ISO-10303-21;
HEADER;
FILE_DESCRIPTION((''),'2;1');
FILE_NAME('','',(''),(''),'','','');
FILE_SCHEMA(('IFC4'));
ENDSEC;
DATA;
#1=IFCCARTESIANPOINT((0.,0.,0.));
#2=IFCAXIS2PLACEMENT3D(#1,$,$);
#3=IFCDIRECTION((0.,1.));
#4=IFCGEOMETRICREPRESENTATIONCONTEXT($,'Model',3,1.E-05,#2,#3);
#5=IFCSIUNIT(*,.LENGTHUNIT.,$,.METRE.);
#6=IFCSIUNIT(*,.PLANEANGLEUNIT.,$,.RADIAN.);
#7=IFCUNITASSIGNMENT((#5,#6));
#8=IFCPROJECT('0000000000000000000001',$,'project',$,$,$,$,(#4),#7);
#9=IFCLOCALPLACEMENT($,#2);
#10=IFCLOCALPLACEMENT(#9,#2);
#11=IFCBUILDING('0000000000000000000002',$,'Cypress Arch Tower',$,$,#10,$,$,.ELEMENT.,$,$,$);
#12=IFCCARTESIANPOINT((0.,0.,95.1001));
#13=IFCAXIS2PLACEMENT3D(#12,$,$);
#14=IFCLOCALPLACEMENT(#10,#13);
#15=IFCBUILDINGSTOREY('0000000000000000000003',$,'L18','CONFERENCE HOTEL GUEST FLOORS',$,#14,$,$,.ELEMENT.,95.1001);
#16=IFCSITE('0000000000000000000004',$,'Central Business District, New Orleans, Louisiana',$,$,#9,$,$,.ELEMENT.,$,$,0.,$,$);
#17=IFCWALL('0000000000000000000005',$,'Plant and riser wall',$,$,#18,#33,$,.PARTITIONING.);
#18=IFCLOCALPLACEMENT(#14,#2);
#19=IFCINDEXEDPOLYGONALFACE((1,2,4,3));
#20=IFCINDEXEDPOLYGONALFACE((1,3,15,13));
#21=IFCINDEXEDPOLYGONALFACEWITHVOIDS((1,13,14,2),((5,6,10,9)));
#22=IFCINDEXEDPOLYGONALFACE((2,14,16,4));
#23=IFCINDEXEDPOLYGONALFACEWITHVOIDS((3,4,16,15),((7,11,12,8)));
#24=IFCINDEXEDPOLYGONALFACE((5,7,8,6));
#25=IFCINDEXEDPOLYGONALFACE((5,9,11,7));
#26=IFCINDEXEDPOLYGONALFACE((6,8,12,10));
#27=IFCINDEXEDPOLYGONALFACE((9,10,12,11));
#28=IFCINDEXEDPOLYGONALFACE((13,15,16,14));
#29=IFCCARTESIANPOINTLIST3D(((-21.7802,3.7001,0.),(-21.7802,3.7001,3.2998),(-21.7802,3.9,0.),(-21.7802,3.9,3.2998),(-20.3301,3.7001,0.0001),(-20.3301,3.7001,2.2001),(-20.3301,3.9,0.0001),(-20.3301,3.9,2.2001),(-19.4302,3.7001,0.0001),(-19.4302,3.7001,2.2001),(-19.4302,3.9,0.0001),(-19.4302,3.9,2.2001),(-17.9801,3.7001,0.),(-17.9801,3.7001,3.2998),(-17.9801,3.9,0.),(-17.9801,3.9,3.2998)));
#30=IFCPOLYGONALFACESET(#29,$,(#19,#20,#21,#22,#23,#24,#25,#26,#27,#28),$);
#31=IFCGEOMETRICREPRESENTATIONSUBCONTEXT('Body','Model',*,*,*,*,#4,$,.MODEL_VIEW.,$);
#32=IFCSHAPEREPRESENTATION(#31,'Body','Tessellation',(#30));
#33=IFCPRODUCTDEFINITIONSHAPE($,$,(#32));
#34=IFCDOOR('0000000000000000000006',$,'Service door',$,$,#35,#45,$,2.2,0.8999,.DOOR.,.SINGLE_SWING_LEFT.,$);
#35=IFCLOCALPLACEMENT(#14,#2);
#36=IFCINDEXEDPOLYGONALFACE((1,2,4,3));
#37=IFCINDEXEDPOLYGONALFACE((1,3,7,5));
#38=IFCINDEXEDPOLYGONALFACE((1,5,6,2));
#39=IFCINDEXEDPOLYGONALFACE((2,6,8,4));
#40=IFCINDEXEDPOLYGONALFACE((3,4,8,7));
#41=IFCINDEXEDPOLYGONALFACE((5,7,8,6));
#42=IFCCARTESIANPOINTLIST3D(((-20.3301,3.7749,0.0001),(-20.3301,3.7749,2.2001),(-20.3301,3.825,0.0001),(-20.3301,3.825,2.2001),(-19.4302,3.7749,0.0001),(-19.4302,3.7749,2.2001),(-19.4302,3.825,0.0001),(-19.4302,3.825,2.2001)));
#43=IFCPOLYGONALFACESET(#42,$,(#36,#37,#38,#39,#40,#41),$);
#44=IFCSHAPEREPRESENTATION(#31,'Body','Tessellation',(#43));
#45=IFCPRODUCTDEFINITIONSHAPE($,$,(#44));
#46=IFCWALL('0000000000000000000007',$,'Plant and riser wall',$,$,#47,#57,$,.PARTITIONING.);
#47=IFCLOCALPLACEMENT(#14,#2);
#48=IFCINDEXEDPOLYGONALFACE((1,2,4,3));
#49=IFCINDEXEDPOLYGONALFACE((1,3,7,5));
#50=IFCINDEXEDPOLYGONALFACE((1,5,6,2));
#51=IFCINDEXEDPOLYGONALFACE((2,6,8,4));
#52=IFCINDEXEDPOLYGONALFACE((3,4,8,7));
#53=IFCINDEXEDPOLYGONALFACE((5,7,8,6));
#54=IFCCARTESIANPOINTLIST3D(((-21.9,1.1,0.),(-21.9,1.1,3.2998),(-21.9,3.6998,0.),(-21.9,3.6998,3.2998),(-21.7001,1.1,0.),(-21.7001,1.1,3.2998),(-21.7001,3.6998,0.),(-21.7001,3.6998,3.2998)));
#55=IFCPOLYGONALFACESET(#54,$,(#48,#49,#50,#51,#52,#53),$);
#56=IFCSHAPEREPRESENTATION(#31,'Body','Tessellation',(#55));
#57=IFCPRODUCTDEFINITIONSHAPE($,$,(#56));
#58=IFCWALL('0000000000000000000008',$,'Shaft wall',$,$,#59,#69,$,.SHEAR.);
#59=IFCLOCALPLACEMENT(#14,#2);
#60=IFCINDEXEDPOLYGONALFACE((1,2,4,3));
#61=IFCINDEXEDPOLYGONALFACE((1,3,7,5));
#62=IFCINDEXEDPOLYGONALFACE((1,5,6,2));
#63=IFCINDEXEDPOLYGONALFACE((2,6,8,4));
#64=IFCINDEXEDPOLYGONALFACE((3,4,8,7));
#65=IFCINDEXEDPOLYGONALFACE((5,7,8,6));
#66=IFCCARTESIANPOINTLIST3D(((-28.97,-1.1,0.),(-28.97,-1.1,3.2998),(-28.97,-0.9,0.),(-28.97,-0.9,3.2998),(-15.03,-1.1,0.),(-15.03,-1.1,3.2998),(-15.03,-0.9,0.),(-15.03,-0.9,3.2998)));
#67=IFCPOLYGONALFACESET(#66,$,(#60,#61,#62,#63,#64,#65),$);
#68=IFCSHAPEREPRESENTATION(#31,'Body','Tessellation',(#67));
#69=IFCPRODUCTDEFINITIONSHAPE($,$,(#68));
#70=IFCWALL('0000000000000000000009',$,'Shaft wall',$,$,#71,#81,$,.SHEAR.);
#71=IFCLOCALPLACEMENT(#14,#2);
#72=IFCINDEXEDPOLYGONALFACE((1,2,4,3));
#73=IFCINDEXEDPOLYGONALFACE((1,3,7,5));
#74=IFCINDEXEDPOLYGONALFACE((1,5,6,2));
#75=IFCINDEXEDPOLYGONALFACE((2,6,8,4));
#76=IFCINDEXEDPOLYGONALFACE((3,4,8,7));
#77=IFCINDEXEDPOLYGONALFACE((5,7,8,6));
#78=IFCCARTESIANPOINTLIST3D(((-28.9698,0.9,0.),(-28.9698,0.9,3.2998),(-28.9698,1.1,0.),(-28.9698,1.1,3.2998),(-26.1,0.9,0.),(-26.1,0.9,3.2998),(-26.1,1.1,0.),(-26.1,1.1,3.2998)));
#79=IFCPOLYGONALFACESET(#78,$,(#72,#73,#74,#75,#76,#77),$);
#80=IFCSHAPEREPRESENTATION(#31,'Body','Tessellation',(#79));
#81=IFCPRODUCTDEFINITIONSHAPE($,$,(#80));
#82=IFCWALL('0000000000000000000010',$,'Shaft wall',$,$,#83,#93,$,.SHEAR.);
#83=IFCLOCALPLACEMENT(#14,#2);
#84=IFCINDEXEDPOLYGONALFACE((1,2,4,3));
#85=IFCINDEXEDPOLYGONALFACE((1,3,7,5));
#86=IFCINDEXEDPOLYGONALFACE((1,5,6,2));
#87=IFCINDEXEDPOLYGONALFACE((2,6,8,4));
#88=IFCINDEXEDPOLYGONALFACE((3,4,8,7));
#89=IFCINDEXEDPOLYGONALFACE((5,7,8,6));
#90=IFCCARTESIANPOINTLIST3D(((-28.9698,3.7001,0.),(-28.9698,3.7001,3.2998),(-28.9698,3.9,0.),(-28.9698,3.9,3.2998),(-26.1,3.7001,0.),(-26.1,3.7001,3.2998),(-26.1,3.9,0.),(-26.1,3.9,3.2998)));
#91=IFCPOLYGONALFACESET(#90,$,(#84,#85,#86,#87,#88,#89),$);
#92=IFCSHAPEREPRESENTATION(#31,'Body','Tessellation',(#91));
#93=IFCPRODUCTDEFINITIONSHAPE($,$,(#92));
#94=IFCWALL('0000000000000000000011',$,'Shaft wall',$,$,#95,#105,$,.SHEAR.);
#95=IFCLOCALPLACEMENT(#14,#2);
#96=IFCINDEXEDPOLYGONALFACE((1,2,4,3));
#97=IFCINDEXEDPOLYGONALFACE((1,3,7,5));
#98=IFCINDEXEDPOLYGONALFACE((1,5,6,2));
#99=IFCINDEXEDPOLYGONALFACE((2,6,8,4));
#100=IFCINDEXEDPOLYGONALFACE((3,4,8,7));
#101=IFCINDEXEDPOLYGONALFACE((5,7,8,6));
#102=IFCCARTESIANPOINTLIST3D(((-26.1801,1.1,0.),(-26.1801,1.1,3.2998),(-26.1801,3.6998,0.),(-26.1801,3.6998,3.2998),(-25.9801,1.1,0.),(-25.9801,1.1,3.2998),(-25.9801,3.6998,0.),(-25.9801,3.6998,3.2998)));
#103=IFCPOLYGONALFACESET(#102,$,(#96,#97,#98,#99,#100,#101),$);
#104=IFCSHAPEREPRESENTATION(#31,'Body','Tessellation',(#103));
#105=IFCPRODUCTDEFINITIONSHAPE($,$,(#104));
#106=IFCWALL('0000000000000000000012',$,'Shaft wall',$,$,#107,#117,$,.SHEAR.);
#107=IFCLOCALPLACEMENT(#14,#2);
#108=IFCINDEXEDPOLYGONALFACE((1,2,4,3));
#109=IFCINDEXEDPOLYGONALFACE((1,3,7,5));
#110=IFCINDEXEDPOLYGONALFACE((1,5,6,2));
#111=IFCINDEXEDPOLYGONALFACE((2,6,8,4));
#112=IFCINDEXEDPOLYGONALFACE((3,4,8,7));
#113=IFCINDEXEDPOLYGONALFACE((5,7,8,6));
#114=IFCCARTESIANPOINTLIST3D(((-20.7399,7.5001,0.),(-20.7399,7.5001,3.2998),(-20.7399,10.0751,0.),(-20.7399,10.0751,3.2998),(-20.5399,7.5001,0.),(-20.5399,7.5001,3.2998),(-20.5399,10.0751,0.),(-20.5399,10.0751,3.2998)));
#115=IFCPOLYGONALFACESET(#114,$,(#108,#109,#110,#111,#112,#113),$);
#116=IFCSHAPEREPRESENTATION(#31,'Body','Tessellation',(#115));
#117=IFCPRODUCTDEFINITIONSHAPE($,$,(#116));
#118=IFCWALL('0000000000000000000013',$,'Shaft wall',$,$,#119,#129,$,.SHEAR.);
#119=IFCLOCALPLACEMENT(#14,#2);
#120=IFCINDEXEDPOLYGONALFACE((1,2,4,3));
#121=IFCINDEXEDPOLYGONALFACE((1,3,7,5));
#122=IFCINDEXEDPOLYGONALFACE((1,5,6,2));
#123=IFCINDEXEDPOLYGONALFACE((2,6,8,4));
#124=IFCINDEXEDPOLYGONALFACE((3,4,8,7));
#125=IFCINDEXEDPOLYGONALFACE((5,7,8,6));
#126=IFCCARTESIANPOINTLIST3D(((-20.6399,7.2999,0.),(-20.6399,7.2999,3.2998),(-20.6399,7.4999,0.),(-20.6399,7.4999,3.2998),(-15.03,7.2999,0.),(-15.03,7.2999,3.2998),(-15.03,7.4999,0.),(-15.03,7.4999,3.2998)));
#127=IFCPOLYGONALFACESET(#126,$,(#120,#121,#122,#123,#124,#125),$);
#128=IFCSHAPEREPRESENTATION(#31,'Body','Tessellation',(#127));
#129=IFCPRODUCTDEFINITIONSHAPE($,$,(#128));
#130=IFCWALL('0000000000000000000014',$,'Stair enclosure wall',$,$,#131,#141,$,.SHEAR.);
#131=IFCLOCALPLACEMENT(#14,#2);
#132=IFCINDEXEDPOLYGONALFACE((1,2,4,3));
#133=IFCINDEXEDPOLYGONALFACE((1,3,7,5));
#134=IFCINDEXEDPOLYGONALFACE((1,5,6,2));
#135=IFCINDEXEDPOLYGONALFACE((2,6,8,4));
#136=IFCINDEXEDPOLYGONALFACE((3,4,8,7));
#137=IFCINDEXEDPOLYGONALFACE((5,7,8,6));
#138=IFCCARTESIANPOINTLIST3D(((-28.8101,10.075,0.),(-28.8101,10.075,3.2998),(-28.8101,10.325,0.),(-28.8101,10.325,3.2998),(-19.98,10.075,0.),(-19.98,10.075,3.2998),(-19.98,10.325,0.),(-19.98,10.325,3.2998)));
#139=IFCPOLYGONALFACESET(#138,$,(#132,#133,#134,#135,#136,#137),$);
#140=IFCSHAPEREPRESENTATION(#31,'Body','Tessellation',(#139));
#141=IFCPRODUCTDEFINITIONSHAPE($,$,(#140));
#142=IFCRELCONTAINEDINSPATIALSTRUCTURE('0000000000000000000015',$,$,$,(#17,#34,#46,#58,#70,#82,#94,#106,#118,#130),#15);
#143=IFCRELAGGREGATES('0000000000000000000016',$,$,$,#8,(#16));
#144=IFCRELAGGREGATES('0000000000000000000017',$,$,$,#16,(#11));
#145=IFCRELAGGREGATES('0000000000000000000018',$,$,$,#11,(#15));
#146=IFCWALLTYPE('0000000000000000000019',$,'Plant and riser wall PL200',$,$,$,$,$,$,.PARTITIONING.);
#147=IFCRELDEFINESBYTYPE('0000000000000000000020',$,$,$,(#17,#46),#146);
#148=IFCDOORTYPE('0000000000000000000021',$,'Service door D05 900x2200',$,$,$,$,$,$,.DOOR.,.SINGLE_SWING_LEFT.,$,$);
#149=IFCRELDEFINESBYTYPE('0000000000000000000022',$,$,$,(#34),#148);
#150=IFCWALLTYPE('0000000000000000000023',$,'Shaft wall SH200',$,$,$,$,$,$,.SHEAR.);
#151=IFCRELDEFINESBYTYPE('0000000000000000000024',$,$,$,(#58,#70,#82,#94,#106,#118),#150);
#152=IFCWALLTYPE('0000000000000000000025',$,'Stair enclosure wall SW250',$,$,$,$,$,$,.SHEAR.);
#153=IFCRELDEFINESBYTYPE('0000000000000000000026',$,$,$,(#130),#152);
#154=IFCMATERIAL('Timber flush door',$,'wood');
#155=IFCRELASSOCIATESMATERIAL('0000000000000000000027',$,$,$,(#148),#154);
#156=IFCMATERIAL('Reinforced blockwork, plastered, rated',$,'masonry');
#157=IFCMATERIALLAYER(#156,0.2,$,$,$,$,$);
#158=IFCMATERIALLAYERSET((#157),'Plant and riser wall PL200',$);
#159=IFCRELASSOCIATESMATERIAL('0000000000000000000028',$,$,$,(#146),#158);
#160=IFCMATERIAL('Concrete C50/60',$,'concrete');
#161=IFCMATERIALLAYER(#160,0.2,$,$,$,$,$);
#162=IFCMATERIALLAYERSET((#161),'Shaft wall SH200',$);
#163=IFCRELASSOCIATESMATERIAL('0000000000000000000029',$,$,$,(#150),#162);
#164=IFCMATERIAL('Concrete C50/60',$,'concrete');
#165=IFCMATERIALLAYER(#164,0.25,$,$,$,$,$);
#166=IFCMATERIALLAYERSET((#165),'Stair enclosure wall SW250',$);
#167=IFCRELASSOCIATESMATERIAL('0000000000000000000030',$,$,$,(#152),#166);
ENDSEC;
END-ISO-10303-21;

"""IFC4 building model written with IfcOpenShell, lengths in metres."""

from ifc_helpers import new_model, si_unit, direction, frame, frame_2d, origin, place, context, subcontext, project, spatial, rectangle, extrude, material, layer, layer_set, type_object, element, fill, save


model = new_model("IFC4")

# Units and contexts
model_context = context("Model", 3, precision=1e-05, world=origin(), true_north=direction((0.0, 1.0)))
body_context = subcontext(model_context, "Body", "Model", "MODEL_VIEW")
ifc_project = project(units=[si_unit("LENGTHUNIT", "METRE"), si_unit("PLANEANGLEUNIT", "RADIAN")], contexts=[model_context])

# Site, building, storey
site_placement = place(None, origin())
site = spatial("IfcSite", under=ifc_project, at=site_placement, Name="Central Business District, New Orleans, Louisiana", CompositionType="ELEMENT", RefElevation=0.0)
building_placement = place(site_placement, origin())
building = spatial("IfcBuilding", under=site, at=building_placement, Name="Cypress Arch Tower", CompositionType="ELEMENT")
storey_placement = place(building_placement, frame((0.0, 0.0, 95.1001)))
storey = spatial("IfcBuildingStorey", under=building, at=storey_placement, Name="L18", Description="CONFERENCE HOTEL GUEST FLOORS", CompositionType="ELEMENT", Elevation=95.1001)

# Shared definitions
ifc_material_1 = material(Name="Timber flush door", Category="wood")
door_type_1 = type_object("IfcDoorType", Name="Service door D05 900x2200", OperationType="SINGLE_SWING_LEFT", PredefinedType="DOOR", material=ifc_material_1)
ifc_material_2 = material(Name="Reinforced blockwork, plastered, rated", Category="masonry")
ifc_layer_1 = layer(ifc_material_2, 0.2)
ifc_layer_set_1 = layer_set([ifc_layer_1], Name="Plant and riser wall PL200")
wall_type_1 = type_object("IfcWallType", Name="Plant and riser wall PL200", PredefinedType="PARTITIONING", material=ifc_layer_set_1)

# Wall, opening, door
wall_1_placement = place(storey_placement, frame((-21.78, 3.8, 0.0), z_axis=(0.0, 0.0, 1.0), x_axis=(1.0, 0.0, 0.0)))
wall_1 = element("IfcWall", 1, at=wall_1_placement, inside=storey, type_object=wall_type_1, Name="Plant and riser wall", PredefinedType="PARTITIONING", context=body_context, shape_type="SweptSolid", body=[
    extrude(rectangle(XDim=3.8, YDim=0.2, at=frame_2d((1.8999, 0.0))), origin(), (0.0, 0.0, 1.0), 3.2998),
])
opening_1_placement = place(wall_1_placement, frame((1.45, 0.0, 0.0)))
opening_1 = element("IfcOpeningElement", 2, at=opening_1_placement, cuts=wall_1, PredefinedType="OPENING", context=body_context, shape_type="SweptSolid", body=[
    extrude(rectangle(XDim=0.8999, YDim=2.2, at=frame_2d((0.45, 1.1001))), frame((0.0, 0.1099, 0.0), z_axis=(0.0, -1.0, 0.0), x_axis=(1.0, 0.0, 0.0)), (0.0, 0.0, 1.0), 0.22),
])
door_1_placement = place(opening_1_placement, origin())
door_1 = element("IfcDoor", 3, at=door_1_placement, inside=storey, type_object=door_type_1, Name="Service door", OperationType="SINGLE_SWING_LEFT", OverallHeight=2.2, OverallWidth=0.8999, PredefinedType="DOOR", context=body_context, shape_type="SweptSolid", body=[
    extrude(rectangle(XDim=0.8999, YDim=2.2, at=frame_2d((0.45, 1.1001))), frame((0.0, 0.0249, 0.0), z_axis=(0.0, -1.0, 0.0), x_axis=(1.0, 0.0, 0.0)), (0.0, 0.0, 1.0), 0.05),
])
fill(opening_1, door_1)

# Walls
wall_2_placement = place(storey_placement, frame((-21.8, 1.1001, 0.0), z_axis=(0.0, 0.0, 1.0), x_axis=(0.0, 1.0, 0.0)))
element("IfcWall", 4, at=wall_2_placement, inside=storey, type_object=wall_type_1, Name="Plant and riser wall", PredefinedType="PARTITIONING", context=body_context, shape_type="SweptSolid", body=[
    extrude(rectangle(XDim=2.5999, YDim=0.2, at=frame_2d((1.2998, 0.0))), origin(), (0.0, 0.0, 1.0), 3.2998),
])
ifc_material_3 = material(Name="Concrete C50/60", Category="concrete")
ifc_layer_2 = layer(ifc_material_3, 0.2)
ifc_layer_set_2 = layer_set([ifc_layer_2], Name="Shaft wall SH200")
wall_type_2 = type_object("IfcWallType", Name="Shaft wall SH200", PredefinedType="SHEAR", material=ifc_layer_set_2)
wall_3_placement = place(storey_placement, frame((-28.97, -1.0, 0.0), z_axis=(0.0, 0.0, 1.0), x_axis=(1.0, 0.0, 0.0)))
element("IfcWall", 5, at=wall_3_placement, inside=storey, type_object=wall_type_2, Name="Shaft wall", PredefinedType="SHEAR", context=body_context, shape_type="SweptSolid", body=[
    extrude(rectangle(XDim=13.9399, YDim=0.2, at=frame_2d((6.97, 0.0))), origin(), (0.0, 0.0, 1.0), 3.2998),
])
for number, where, z_axis, x_axis, name in (
    (6, (-28.97, 1.0, 0.0), (0.0, 0.0, 1.0), (1.0, 0.0, 0.0), "Shaft wall"),
    (7, (-28.97, 3.8, 0.0), (0.0, 0.0, 1.0), (1.0, 0.0, 0.0), "Shaft wall"),
):
    element("IfcWall", number, at=place(storey_placement, frame(where, z_axis=z_axis, x_axis=x_axis)), inside=storey, type_object=wall_type_2, Name=name, PredefinedType="SHEAR", context=body_context, shape_type="SweptSolid", body=[
        extrude(rectangle(XDim=2.8699, YDim=0.2, at=frame_2d((1.4351, 0.0))), origin(), (0.0, 0.0, 1.0), 3.2998),
    ])
wall_4_placement = place(storey_placement, frame((-26.0801, 1.1001, 0.0), z_axis=(0.0, 0.0, 1.0), x_axis=(0.0, 1.0, 0.0)))
element("IfcWall", 8, at=wall_4_placement, inside=storey, type_object=wall_type_2, Name="Shaft wall", PredefinedType="SHEAR", context=body_context, shape_type="SweptSolid", body=[
    extrude(rectangle(XDim=2.5999, YDim=0.2, at=frame_2d((1.2998, 0.0))), origin(), (0.0, 0.0, 1.0), 3.2998),
])
wall_5_placement = place(storey_placement, frame((-20.6399, 7.5, 0.0), z_axis=(0.0, 0.0, 1.0), x_axis=(0.0, 1.0, 0.0)))
element("IfcWall", 9, at=wall_5_placement, inside=storey, type_object=wall_type_2, Name="Shaft wall", PredefinedType="SHEAR", context=body_context, shape_type="SweptSolid", body=[
    extrude(rectangle(XDim=2.575, YDim=0.2, at=frame_2d((1.2876, 0.0))), origin(), (0.0, 0.0, 1.0), 3.2998),
])
wall_6_placement = place(storey_placement, frame((-20.6399, 7.3999, 0.0), z_axis=(0.0, 0.0, 1.0), x_axis=(1.0, 0.0, 0.0)))
element("IfcWall", 10, at=wall_6_placement, inside=storey, type_object=wall_type_2, Name="Shaft wall", PredefinedType="SHEAR", context=body_context, shape_type="SweptSolid", body=[
    extrude(rectangle(XDim=5.6099, YDim=0.2, at=frame_2d((2.8049, 0.0))), origin(), (0.0, 0.0, 1.0), 3.2998),
])
ifc_material_4 = material(Name="Concrete C50/60", Category="concrete")
ifc_layer_3 = layer(ifc_material_4, 0.25)
ifc_layer_set_3 = layer_set([ifc_layer_3], Name="Stair enclosure wall SW250")
wall_type_3 = type_object("IfcWallType", Name="Stair enclosure wall SW250", PredefinedType="SHEAR", material=ifc_layer_set_3)
wall_7_placement = place(storey_placement, frame((-28.8101, 10.2, 0.0), z_axis=(0.0, 0.0, 1.0), x_axis=(1.0, 0.0, 0.0)))
element("IfcWall", 11, at=wall_7_placement, inside=storey, type_object=wall_type_3, Name="Stair enclosure wall", PredefinedType="SHEAR", context=body_context, shape_type="SweptSolid", body=[
    extrude(rectangle(XDim=8.8301, YDim=0.25, at=frame_2d((4.415, 0.0))), origin(), (0.0, 0.0, 1.0), 3.2998),
])

save(model, "model.ifc")
